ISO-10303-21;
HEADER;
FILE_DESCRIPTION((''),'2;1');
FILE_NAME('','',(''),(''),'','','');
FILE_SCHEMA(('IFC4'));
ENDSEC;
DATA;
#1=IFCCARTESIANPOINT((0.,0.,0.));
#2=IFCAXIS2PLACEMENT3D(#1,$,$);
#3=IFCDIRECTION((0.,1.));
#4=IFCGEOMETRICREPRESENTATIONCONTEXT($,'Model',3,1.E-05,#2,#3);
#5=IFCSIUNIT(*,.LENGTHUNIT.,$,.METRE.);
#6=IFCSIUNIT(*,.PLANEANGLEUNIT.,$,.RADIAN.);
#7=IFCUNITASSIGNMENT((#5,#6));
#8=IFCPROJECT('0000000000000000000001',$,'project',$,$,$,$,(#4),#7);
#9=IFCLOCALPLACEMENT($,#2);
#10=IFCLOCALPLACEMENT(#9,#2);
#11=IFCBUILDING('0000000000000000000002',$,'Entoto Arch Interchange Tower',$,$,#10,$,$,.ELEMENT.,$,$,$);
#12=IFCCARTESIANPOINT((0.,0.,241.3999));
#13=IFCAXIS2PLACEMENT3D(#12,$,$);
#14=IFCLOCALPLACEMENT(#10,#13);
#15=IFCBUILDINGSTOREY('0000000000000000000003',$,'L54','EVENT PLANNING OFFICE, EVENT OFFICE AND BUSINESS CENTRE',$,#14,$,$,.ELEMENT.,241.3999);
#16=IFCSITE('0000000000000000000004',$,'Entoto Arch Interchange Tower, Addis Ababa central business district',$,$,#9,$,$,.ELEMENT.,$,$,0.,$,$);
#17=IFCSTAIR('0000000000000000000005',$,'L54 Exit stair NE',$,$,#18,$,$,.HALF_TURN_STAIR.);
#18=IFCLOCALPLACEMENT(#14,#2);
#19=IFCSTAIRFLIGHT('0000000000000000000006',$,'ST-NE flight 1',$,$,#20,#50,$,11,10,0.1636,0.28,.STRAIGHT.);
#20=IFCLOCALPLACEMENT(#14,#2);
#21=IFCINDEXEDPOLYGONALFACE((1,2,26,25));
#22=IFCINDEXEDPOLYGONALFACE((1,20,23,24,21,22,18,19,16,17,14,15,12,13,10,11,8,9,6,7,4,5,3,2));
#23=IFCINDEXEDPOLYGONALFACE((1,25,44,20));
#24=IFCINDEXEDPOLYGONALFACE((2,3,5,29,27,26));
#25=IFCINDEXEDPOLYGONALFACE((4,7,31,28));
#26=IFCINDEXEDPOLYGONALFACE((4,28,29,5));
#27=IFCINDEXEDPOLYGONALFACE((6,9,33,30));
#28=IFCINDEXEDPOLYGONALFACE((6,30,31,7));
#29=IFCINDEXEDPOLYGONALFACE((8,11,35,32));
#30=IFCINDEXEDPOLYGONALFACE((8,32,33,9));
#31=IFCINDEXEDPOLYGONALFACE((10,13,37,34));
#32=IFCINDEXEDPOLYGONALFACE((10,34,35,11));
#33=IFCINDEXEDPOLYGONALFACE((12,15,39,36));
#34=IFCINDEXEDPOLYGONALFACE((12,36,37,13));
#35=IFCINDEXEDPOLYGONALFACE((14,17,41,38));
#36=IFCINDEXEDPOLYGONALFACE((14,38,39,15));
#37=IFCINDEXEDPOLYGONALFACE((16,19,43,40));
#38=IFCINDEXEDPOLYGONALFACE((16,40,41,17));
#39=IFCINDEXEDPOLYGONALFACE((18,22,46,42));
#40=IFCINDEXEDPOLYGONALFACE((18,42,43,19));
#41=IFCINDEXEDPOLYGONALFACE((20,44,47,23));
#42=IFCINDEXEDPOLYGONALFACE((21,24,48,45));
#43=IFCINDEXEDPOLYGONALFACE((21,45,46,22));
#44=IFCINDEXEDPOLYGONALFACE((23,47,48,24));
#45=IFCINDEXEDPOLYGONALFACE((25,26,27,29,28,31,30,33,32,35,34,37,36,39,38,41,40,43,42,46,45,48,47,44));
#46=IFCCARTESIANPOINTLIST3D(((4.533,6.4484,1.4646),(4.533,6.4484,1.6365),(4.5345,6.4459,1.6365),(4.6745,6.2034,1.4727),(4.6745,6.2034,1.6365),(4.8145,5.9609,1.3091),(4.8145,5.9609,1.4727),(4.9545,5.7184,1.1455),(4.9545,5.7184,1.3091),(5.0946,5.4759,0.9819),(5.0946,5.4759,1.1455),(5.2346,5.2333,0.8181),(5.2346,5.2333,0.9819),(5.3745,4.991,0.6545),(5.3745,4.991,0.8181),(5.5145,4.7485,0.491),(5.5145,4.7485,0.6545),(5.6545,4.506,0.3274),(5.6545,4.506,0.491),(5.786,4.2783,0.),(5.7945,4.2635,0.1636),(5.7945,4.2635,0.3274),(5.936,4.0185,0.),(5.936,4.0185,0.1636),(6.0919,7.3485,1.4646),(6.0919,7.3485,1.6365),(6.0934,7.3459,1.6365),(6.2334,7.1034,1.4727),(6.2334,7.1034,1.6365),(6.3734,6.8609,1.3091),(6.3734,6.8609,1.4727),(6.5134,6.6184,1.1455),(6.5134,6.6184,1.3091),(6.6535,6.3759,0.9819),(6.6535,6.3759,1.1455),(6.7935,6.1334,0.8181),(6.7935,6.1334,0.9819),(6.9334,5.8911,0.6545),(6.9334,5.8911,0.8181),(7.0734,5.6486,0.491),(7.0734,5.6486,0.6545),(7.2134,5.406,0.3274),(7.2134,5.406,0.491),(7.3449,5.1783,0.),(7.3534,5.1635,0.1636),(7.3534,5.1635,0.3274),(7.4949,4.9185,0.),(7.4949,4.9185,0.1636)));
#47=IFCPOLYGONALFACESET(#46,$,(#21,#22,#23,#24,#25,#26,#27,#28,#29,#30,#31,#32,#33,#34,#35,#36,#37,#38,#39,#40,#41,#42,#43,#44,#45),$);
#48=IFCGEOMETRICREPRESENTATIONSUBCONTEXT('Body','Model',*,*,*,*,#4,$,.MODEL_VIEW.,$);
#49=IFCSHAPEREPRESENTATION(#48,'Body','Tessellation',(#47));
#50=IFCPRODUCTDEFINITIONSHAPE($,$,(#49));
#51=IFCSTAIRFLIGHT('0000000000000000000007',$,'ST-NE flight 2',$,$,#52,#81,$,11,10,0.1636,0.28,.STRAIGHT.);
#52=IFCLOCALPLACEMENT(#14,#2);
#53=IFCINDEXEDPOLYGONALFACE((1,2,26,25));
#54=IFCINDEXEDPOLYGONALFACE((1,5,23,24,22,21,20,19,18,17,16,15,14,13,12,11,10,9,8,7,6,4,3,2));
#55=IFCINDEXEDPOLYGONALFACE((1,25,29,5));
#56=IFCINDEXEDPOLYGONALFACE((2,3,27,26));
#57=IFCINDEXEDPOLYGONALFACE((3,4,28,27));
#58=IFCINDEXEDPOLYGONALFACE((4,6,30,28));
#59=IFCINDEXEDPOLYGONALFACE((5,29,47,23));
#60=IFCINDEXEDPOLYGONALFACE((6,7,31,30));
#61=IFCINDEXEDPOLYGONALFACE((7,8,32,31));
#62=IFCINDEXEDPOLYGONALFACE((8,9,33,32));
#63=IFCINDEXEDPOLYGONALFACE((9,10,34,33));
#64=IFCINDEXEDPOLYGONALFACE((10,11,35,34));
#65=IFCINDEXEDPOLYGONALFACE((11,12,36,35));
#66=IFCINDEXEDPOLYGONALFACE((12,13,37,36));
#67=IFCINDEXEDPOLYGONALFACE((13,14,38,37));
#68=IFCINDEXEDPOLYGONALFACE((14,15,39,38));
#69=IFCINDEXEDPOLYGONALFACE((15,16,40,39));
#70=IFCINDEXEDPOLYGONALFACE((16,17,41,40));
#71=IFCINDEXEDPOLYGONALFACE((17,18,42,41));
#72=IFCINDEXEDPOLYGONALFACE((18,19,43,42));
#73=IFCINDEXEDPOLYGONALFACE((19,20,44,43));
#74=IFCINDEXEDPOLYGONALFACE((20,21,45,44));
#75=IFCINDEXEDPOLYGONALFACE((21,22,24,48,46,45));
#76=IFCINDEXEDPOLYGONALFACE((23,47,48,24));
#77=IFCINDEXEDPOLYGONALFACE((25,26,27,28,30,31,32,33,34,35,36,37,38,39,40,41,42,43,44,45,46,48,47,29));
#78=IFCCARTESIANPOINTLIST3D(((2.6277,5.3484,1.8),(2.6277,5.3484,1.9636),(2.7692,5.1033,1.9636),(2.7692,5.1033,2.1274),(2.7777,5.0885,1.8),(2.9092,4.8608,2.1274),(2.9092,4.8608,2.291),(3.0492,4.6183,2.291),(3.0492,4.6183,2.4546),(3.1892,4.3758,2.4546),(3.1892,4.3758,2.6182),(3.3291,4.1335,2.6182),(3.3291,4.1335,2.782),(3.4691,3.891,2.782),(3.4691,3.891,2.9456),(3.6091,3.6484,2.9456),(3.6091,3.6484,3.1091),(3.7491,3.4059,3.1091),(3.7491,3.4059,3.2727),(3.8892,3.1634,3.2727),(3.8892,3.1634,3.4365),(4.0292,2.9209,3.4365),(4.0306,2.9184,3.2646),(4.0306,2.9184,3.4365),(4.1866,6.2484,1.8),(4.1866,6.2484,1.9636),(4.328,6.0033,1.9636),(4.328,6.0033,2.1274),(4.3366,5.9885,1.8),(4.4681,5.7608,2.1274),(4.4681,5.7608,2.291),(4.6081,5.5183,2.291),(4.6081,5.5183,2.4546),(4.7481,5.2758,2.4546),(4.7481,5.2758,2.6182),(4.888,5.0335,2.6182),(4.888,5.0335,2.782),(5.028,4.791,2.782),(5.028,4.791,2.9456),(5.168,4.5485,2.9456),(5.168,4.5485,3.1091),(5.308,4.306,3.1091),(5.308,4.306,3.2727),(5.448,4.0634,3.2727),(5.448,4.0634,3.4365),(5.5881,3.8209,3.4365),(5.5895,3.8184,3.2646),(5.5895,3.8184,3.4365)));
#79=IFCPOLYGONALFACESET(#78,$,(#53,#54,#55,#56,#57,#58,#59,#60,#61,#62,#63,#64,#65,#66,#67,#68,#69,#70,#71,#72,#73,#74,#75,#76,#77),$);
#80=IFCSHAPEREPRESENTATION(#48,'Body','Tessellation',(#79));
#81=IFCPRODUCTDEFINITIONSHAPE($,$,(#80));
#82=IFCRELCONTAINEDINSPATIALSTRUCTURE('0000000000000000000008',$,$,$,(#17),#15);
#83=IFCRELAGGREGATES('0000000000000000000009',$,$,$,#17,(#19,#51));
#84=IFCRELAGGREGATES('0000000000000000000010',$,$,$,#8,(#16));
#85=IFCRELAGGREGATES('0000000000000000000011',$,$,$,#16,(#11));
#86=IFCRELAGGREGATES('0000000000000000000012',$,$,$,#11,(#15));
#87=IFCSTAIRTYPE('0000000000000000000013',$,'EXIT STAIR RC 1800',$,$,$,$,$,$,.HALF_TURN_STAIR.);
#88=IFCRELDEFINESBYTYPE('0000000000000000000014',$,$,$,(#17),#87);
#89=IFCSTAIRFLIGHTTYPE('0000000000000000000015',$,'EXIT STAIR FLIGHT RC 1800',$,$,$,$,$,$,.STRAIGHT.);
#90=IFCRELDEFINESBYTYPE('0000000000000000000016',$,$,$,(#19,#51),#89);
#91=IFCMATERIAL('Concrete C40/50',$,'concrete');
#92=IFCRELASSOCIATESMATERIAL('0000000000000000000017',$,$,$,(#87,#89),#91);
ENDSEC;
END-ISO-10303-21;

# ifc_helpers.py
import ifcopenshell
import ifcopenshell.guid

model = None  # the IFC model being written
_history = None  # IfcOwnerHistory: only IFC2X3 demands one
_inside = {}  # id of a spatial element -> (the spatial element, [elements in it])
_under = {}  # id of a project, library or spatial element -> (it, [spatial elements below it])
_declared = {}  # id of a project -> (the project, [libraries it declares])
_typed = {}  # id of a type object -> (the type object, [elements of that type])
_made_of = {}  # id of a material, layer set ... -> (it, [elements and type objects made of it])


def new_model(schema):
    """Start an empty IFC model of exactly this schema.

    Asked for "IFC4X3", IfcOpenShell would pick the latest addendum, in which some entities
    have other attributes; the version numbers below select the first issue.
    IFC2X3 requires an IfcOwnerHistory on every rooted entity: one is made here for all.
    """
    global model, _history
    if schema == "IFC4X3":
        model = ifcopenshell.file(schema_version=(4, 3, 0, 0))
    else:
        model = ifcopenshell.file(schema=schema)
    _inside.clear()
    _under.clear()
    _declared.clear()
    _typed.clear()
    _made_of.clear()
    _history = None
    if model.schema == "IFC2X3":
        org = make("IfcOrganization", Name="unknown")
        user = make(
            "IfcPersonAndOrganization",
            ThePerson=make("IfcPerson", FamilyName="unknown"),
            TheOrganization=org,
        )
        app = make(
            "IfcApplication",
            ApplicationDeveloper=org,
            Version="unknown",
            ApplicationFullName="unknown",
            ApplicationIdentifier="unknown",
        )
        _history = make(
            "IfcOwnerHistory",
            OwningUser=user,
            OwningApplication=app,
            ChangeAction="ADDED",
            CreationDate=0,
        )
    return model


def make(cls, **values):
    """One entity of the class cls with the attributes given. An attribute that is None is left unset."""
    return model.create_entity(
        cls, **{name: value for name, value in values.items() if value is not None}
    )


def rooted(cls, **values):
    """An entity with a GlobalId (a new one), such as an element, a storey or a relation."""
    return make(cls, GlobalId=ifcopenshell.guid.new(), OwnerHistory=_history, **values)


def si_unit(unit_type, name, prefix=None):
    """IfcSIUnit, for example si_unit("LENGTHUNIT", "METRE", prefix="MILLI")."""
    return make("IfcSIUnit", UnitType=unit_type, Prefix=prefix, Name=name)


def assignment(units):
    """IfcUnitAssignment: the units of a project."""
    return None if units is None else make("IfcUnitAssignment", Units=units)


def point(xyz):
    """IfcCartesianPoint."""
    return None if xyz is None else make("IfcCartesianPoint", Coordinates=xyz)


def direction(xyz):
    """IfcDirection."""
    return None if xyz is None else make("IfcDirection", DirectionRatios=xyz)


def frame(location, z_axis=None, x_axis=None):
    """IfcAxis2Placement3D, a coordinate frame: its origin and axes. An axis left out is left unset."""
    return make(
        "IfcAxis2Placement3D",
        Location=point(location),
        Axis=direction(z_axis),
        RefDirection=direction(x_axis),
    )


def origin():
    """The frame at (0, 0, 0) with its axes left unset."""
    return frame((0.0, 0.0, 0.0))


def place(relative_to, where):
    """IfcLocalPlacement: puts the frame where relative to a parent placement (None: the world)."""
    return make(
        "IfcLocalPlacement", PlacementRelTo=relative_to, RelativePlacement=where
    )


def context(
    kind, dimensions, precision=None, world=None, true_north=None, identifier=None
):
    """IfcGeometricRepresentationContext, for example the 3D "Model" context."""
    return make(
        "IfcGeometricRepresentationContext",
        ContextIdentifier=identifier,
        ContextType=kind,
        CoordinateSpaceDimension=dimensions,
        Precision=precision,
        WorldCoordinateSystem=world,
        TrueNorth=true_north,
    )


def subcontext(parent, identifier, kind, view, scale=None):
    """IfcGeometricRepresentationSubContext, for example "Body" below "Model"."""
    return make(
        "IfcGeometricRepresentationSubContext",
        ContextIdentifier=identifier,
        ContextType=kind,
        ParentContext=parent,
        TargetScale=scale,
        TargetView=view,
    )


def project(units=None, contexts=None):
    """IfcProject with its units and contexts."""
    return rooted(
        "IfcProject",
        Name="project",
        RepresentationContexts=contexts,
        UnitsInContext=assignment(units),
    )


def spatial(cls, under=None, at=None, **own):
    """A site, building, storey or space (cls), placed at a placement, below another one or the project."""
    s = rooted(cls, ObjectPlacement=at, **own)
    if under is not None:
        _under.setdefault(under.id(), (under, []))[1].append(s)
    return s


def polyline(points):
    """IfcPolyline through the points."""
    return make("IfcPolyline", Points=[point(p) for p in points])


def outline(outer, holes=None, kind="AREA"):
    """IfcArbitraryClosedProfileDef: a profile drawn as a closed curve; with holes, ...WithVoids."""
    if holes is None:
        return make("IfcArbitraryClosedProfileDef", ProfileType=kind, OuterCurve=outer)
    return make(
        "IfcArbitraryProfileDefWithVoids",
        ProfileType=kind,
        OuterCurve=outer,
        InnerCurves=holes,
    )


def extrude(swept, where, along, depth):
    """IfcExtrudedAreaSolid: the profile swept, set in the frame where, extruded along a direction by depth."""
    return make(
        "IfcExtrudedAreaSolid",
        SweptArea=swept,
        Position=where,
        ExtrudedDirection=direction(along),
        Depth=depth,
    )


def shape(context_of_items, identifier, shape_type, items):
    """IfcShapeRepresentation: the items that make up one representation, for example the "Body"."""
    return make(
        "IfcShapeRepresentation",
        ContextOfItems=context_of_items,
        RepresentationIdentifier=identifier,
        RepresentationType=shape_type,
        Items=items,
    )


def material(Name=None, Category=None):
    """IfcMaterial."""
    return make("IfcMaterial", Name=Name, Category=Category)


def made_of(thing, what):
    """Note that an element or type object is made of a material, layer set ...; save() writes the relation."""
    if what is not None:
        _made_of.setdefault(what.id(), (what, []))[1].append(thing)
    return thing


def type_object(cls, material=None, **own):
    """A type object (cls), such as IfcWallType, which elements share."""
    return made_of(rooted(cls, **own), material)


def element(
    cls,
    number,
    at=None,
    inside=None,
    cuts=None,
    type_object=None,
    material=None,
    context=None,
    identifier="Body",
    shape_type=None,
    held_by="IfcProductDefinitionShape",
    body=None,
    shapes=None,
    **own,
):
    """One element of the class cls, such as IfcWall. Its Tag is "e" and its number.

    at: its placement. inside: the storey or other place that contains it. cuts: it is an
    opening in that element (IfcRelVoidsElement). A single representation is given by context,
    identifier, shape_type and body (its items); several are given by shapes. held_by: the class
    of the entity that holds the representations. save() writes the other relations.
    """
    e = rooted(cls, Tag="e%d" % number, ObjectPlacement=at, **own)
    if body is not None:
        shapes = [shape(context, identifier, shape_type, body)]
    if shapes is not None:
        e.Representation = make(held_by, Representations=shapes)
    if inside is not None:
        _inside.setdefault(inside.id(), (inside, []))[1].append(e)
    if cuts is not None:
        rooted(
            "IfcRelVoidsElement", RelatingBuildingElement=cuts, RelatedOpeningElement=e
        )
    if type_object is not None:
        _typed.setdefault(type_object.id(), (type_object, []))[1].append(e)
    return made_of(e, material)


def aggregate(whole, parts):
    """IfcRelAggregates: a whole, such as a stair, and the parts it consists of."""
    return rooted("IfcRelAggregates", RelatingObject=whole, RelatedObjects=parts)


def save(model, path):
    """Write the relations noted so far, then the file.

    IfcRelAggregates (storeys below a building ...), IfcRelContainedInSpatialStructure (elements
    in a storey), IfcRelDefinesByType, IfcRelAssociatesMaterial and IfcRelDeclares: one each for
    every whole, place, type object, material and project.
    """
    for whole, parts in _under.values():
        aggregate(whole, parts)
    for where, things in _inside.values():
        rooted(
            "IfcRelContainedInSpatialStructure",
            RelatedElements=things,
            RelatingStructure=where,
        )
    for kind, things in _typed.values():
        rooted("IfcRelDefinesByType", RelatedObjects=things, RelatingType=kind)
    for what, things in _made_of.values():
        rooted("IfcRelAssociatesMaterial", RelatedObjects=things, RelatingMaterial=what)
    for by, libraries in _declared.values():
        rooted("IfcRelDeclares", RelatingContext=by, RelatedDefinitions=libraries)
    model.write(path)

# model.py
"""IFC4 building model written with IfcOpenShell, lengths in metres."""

from ifc_helpers import new_model, si_unit, direction, frame, origin, place, context, subcontext, project, spatial, polyline, outline, extrude, material, type_object, element, aggregate, save


model = new_model("IFC4")

# Units and contexts
model_context = context("Model", 3, precision=1e-05, world=origin(), true_north=direction((0.0, 1.0)))
body_context = subcontext(model_context, "Body", "Model", "MODEL_VIEW")
ifc_project = project(units=[si_unit("LENGTHUNIT", "METRE"), si_unit("PLANEANGLEUNIT", "RADIAN")], contexts=[model_context])

# Site, building, storey
site_placement = place(None, origin())
site = spatial("IfcSite", under=ifc_project, at=site_placement, Name="Entoto Arch Interchange Tower, Addis Ababa central business district", CompositionType="ELEMENT", RefElevation=0.0)
building_placement = place(site_placement, origin())
building = spatial("IfcBuilding", under=site, at=building_placement, Name="Entoto Arch Interchange Tower", CompositionType="ELEMENT")
storey_placement = place(building_placement, frame((0.0, 0.0, 241.3999)))
storey = spatial("IfcBuildingStorey", under=building, at=storey_placement, Name="L54", Description="EVENT PLANNING OFFICE, EVENT OFFICE AND BUSINESS CENTRE", CompositionType="ELEMENT", Elevation=241.3999)

# Shared definitions
ifc_material_1 = material(Name="Concrete C40/50", Category="concrete")

# Stair, stair flights
stair_type = type_object("IfcStairType", Name="EXIT STAIR RC 1800", PredefinedType="HALF_TURN_STAIR", material=ifc_material_1)
stair_placement = place(storey_placement, origin())
stair = element("IfcStair", 1, at=stair_placement, inside=storey, type_object=stair_type, Name="L54 Exit stair NE", PredefinedType="HALF_TURN_STAIR")
stair_flight_type = type_object("IfcStairFlightType", Name="EXIT STAIR FLIGHT RC 1800", PredefinedType="STRAIGHT", material=ifc_material_1)
stair_flight_1_placement = place(storey_placement, frame((6.7139, 4.4709, 0.0), z_axis=(0.0, 0.0, 1.0), x_axis=(-0.5, 0.866025, 0.0)))
stair_flight_1 = element("IfcStairFlight", 2, at=stair_flight_1_placement, type_object=stair_flight_type, Name="ST-NE flight 1", NumberOfRisers=11, NumberOfTreads=10, PredefinedType="STRAIGHT", RiserHeight=0.1636, TreadLength=0.28, context=body_context, shape_type="SweptSolid", body=[
    extrude(outline(polyline([(-0.0029, 0.0), (-0.0029, 0.1636), (0.28, 0.1636), (0.28, 0.3274), (0.5601, 0.3274), (0.5601, 0.491), (0.8401, 0.491), (0.8401, 0.6545), (1.1201, 0.6545), (1.1201, 0.8181), (1.3999, 0.8181), (1.3999, 0.9819), (1.6799, 0.9819), (1.6799, 1.1455), (1.96, 1.1455), (1.96, 1.3091), (2.24, 1.3091), (2.24, 1.4727), (2.52, 1.4727), (2.52, 1.6365), (2.8, 1.6365), (2.803, 1.6365), (2.803, 1.4646), (0.2971, 0.0), (-0.0029, 0.0)])), frame((0.0, 0.8999, 0.0), z_axis=(0.0, -1.0, 0.0), x_axis=(1.0, 0.0, 0.0)), (0.0, 0.0, 1.0), 1.8),
])
stair_flight_2_placement = place(storey_placement, frame((3.4087, 5.7959, 1.8), z_axis=(0.0, 0.0, 1.0), x_axis=(0.5, -0.866025, 0.0)))
stair_flight_2 = element("IfcStairFlight", 3, at=stair_flight_2_placement, type_object=stair_flight_type, Name="ST-NE flight 2", NumberOfRisers=11, NumberOfTreads=10, PredefinedType="STRAIGHT", RiserHeight=0.1636, TreadLength=0.28, context=body_context, shape_type="SweptSolid", body=[
    extrude(outline(polyline([(-0.0029, 0.0), (-0.0029, 0.1636), (0.28, 0.1636), (0.28, 0.3274), (0.5601, 0.3274), (0.5601, 0.491), (0.8401, 0.491), (0.8401, 0.6545), (1.1201, 0.6545), (1.1201, 0.8181), (1.3999, 0.8181), (1.3999, 0.9819), (1.6799, 0.9819), (1.6799, 1.1455), (1.96, 1.1455), (1.96, 1.3091), (2.24, 1.3091), (2.24, 1.4727), (2.52, 1.4727), (2.52, 1.6365), (2.8, 1.6365), (2.803, 1.6365), (2.803, 1.4646), (0.2971, 0.0), (-0.0029, 0.0)])), frame((0.0, 0.8999, 0.0), z_axis=(0.0, -1.0, 0.0), x_axis=(1.0, 0.0, 0.0)), (0.0, 0.0, 1.0), 1.8),
])
aggregate(stair, [stair_flight_1, stair_flight_2])

save(model, "model.ifc")
